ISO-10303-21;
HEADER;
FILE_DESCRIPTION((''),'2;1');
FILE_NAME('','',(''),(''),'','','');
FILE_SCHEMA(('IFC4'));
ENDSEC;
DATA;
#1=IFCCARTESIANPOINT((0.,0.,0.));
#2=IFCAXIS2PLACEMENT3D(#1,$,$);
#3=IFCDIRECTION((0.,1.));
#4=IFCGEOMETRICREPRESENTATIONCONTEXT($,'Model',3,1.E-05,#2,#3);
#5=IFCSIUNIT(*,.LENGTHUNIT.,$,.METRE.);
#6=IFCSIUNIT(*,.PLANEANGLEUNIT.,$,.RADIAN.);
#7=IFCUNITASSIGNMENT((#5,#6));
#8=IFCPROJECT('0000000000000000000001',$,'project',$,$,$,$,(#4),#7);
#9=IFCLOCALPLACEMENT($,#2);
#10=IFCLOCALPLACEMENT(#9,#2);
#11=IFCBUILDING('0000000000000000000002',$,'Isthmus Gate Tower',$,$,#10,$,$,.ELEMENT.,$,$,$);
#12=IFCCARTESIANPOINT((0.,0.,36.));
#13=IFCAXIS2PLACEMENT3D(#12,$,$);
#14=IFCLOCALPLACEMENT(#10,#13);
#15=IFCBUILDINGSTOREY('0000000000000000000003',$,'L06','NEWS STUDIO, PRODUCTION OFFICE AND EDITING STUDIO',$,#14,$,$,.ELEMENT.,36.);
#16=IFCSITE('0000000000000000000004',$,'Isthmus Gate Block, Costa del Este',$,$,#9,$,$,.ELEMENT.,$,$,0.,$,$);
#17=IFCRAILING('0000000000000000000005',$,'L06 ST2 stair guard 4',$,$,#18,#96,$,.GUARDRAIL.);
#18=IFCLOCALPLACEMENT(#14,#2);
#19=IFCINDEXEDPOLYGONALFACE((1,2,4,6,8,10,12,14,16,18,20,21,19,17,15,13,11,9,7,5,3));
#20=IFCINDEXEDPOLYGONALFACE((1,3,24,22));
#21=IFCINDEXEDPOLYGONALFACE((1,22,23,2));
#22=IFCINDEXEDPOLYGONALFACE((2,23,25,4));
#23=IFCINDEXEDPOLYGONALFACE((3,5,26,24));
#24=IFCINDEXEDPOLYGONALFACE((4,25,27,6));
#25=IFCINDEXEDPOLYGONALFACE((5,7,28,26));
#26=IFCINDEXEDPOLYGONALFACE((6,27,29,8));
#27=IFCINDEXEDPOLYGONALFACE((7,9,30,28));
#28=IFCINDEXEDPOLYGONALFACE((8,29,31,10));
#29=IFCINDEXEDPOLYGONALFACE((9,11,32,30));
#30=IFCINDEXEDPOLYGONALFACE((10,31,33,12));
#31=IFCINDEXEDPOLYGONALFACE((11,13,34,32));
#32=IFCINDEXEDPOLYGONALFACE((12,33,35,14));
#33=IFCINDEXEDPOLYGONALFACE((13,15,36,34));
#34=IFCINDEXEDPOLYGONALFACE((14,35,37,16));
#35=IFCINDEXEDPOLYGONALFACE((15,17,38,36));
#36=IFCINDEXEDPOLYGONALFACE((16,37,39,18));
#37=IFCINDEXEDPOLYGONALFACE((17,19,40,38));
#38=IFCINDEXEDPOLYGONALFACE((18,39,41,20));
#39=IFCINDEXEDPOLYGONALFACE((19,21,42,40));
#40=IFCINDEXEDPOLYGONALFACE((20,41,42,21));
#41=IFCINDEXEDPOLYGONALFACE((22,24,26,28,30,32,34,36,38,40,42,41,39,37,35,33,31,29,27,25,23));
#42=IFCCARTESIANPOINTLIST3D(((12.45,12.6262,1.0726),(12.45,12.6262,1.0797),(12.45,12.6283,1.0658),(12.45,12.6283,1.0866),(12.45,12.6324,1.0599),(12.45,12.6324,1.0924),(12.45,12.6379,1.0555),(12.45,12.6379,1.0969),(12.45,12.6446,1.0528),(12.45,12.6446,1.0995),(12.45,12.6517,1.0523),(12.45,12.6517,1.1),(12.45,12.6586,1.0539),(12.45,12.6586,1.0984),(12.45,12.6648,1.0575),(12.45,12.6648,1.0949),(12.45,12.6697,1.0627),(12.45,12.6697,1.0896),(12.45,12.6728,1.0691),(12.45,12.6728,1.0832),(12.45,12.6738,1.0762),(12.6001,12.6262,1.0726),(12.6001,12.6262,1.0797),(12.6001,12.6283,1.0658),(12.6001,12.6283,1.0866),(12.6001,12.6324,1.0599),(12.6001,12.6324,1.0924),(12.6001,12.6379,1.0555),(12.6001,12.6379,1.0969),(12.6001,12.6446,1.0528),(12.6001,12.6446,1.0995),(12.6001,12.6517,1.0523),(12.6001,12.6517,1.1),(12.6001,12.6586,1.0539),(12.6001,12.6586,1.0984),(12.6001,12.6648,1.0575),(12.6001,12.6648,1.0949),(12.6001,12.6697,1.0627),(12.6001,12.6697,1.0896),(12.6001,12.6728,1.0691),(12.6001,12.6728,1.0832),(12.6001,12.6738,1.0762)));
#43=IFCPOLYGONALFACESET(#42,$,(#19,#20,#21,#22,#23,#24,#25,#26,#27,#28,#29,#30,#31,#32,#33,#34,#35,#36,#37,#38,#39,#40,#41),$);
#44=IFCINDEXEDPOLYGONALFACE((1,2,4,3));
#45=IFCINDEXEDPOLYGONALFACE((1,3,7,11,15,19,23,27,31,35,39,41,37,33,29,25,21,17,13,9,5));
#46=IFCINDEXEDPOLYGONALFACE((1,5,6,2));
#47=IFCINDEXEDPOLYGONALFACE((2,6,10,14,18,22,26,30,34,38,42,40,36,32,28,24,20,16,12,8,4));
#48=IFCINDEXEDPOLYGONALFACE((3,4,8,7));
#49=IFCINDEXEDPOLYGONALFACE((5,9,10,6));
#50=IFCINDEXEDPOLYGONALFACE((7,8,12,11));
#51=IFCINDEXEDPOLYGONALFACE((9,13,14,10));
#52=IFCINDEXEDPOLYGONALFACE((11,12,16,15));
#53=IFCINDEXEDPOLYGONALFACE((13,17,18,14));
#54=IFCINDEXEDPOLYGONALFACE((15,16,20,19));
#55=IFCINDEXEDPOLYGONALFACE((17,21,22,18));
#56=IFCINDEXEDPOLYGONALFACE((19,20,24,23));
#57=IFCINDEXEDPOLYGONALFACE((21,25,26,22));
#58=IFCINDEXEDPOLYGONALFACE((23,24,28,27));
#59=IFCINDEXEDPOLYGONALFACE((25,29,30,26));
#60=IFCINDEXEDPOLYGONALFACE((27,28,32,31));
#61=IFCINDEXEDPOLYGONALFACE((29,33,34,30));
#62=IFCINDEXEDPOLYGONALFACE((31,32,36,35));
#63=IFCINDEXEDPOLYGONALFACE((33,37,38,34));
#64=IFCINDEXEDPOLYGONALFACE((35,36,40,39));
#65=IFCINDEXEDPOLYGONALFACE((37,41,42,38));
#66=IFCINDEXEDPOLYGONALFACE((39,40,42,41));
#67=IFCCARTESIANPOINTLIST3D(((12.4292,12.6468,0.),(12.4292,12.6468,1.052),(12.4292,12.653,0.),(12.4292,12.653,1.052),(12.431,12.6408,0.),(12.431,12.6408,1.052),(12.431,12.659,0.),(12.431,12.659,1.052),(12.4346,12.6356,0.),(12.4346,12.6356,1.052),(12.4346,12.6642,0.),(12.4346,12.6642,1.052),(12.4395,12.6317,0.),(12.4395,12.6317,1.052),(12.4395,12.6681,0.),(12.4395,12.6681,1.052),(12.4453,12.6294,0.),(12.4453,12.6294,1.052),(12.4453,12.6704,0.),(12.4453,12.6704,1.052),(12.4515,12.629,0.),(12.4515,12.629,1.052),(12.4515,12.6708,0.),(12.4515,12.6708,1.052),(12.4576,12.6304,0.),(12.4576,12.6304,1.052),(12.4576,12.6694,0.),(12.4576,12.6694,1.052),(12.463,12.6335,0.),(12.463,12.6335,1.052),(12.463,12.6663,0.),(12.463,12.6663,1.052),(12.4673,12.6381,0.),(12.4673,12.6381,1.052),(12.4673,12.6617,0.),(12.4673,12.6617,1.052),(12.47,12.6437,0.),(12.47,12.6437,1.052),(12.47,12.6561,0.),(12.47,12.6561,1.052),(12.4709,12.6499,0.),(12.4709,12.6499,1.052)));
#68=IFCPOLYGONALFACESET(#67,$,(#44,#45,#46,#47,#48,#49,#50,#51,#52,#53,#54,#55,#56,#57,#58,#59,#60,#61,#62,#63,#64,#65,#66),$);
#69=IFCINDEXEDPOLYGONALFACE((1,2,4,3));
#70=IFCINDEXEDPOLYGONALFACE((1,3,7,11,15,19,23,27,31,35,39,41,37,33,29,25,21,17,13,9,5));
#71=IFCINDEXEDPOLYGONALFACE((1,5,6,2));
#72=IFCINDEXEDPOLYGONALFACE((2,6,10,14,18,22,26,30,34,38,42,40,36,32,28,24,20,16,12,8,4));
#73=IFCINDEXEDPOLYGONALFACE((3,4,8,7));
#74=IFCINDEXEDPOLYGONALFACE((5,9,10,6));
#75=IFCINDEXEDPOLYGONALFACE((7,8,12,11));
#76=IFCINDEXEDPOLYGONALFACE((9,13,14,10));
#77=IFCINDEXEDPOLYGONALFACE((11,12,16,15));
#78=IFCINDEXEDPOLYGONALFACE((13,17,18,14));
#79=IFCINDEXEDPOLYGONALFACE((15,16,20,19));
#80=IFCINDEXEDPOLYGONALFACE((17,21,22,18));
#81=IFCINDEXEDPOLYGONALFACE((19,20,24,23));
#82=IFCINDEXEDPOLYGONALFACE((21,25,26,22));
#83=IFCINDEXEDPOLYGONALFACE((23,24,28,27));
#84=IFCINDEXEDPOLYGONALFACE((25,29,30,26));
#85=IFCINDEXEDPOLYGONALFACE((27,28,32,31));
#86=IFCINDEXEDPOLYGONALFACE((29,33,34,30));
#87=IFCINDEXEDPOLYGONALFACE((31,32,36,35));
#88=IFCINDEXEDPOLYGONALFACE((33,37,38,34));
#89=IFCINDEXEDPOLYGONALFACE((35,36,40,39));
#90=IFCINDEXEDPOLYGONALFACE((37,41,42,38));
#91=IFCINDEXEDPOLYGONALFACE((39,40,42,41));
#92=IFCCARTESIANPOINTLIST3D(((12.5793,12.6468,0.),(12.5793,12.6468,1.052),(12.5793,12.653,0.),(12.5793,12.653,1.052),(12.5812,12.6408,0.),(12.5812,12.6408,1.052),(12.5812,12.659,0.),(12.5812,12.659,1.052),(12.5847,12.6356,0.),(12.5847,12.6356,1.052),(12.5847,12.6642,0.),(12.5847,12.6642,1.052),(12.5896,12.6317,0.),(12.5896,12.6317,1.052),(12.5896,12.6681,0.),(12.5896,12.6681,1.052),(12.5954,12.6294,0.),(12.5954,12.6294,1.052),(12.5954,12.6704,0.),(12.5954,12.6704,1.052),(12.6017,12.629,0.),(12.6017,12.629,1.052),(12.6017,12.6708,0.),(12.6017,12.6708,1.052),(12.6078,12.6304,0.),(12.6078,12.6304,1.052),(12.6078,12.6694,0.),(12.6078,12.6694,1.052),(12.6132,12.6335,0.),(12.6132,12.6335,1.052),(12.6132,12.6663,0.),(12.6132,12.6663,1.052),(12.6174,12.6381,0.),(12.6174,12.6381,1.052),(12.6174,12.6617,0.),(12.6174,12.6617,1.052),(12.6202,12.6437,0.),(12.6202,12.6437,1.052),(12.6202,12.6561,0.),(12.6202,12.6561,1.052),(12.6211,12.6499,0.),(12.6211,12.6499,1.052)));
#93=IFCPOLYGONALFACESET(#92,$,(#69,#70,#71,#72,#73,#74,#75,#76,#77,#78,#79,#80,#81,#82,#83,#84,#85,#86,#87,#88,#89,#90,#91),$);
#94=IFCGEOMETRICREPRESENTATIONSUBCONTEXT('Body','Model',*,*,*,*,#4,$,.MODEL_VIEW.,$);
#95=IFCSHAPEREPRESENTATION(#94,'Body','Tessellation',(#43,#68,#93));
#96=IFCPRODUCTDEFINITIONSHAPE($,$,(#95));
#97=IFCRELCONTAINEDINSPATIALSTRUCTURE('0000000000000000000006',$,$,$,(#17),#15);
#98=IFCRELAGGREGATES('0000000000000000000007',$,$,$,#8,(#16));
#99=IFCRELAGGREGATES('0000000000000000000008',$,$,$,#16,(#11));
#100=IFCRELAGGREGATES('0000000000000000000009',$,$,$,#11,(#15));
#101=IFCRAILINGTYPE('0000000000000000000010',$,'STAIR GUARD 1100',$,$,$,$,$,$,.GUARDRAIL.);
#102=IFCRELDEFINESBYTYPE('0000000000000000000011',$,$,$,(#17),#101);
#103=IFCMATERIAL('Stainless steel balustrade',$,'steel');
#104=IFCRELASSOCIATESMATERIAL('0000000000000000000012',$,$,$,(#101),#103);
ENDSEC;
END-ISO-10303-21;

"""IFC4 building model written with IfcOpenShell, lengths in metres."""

from ifc_helpers import new_model, si_unit, direction, frame, origin, origin_2d, place, context, subcontext, project, spatial, circle, extrude, material, type_object, element, save


model = new_model("IFC4")

# Units and contexts
model_context = context("Model", 3, precision=1e-05, world=origin(), true_north=direction((0.0, 1.0)))
body_context = subcontext(model_context, "Body", "Model", "MODEL_VIEW")
ifc_project = project(units=[si_unit("LENGTHUNIT", "METRE"), si_unit("PLANEANGLEUNIT", "RADIAN")], contexts=[model_context])

# Site, building, storey
site_placement = place(None, origin())
site = spatial("IfcSite", under=ifc_project, at=site_placement, Name="Isthmus Gate Block, Costa del Este", CompositionType="ELEMENT", RefElevation=0.0)
building_placement = place(site_placement, origin())
building = spatial("IfcBuilding", under=site, at=building_placement, Name="Isthmus Gate Tower", CompositionType="ELEMENT")
storey_placement = place(building_placement, frame((0.0, 0.0, 36.0)))
storey = spatial("IfcBuildingStorey", under=building, at=storey_placement, Name="L06", Description="NEWS STUDIO, PRODUCTION OFFICE AND EDITING STUDIO", CompositionType="ELEMENT", Elevation=36.0)

# Railing
ifc_material_1 = material(Name="Stainless steel balustrade", Category="steel")
railing_type_1 = type_object("IfcRailingType", Name="STAIR GUARD 1100", PredefinedType="GUARDRAIL", material=ifc_material_1)
railing_1_placement = place(storey_placement, frame((12.45, 12.6499, 0.0)))
element("IfcRailing", 1, at=railing_1_placement, inside=storey, type_object=railing_type_1, Name="L06 ST2 stair guard 4", PredefinedType="GUARDRAIL", context=body_context, shape_type="SweptSolid", body=[
    extrude(circle(Radius=0.0239, at=origin_2d()), frame((0.0, 0.0, 1.0762), z_axis=(1.0, 0.0, 0.0), x_axis=(0.0, 1.0, 0.0)), (0.0, 0.0, 1.0), 0.1501),
    extrude(circle(Radius=0.021, at=origin_2d()), origin(), (0.0, 0.0, 1.0), 1.052),
    extrude(circle(Radius=0.021, at=origin_2d()), frame((0.1501, 0.0, 0.0)), (0.0, 0.0, 1.0), 1.052),
])

save(model, "model.ifc")
